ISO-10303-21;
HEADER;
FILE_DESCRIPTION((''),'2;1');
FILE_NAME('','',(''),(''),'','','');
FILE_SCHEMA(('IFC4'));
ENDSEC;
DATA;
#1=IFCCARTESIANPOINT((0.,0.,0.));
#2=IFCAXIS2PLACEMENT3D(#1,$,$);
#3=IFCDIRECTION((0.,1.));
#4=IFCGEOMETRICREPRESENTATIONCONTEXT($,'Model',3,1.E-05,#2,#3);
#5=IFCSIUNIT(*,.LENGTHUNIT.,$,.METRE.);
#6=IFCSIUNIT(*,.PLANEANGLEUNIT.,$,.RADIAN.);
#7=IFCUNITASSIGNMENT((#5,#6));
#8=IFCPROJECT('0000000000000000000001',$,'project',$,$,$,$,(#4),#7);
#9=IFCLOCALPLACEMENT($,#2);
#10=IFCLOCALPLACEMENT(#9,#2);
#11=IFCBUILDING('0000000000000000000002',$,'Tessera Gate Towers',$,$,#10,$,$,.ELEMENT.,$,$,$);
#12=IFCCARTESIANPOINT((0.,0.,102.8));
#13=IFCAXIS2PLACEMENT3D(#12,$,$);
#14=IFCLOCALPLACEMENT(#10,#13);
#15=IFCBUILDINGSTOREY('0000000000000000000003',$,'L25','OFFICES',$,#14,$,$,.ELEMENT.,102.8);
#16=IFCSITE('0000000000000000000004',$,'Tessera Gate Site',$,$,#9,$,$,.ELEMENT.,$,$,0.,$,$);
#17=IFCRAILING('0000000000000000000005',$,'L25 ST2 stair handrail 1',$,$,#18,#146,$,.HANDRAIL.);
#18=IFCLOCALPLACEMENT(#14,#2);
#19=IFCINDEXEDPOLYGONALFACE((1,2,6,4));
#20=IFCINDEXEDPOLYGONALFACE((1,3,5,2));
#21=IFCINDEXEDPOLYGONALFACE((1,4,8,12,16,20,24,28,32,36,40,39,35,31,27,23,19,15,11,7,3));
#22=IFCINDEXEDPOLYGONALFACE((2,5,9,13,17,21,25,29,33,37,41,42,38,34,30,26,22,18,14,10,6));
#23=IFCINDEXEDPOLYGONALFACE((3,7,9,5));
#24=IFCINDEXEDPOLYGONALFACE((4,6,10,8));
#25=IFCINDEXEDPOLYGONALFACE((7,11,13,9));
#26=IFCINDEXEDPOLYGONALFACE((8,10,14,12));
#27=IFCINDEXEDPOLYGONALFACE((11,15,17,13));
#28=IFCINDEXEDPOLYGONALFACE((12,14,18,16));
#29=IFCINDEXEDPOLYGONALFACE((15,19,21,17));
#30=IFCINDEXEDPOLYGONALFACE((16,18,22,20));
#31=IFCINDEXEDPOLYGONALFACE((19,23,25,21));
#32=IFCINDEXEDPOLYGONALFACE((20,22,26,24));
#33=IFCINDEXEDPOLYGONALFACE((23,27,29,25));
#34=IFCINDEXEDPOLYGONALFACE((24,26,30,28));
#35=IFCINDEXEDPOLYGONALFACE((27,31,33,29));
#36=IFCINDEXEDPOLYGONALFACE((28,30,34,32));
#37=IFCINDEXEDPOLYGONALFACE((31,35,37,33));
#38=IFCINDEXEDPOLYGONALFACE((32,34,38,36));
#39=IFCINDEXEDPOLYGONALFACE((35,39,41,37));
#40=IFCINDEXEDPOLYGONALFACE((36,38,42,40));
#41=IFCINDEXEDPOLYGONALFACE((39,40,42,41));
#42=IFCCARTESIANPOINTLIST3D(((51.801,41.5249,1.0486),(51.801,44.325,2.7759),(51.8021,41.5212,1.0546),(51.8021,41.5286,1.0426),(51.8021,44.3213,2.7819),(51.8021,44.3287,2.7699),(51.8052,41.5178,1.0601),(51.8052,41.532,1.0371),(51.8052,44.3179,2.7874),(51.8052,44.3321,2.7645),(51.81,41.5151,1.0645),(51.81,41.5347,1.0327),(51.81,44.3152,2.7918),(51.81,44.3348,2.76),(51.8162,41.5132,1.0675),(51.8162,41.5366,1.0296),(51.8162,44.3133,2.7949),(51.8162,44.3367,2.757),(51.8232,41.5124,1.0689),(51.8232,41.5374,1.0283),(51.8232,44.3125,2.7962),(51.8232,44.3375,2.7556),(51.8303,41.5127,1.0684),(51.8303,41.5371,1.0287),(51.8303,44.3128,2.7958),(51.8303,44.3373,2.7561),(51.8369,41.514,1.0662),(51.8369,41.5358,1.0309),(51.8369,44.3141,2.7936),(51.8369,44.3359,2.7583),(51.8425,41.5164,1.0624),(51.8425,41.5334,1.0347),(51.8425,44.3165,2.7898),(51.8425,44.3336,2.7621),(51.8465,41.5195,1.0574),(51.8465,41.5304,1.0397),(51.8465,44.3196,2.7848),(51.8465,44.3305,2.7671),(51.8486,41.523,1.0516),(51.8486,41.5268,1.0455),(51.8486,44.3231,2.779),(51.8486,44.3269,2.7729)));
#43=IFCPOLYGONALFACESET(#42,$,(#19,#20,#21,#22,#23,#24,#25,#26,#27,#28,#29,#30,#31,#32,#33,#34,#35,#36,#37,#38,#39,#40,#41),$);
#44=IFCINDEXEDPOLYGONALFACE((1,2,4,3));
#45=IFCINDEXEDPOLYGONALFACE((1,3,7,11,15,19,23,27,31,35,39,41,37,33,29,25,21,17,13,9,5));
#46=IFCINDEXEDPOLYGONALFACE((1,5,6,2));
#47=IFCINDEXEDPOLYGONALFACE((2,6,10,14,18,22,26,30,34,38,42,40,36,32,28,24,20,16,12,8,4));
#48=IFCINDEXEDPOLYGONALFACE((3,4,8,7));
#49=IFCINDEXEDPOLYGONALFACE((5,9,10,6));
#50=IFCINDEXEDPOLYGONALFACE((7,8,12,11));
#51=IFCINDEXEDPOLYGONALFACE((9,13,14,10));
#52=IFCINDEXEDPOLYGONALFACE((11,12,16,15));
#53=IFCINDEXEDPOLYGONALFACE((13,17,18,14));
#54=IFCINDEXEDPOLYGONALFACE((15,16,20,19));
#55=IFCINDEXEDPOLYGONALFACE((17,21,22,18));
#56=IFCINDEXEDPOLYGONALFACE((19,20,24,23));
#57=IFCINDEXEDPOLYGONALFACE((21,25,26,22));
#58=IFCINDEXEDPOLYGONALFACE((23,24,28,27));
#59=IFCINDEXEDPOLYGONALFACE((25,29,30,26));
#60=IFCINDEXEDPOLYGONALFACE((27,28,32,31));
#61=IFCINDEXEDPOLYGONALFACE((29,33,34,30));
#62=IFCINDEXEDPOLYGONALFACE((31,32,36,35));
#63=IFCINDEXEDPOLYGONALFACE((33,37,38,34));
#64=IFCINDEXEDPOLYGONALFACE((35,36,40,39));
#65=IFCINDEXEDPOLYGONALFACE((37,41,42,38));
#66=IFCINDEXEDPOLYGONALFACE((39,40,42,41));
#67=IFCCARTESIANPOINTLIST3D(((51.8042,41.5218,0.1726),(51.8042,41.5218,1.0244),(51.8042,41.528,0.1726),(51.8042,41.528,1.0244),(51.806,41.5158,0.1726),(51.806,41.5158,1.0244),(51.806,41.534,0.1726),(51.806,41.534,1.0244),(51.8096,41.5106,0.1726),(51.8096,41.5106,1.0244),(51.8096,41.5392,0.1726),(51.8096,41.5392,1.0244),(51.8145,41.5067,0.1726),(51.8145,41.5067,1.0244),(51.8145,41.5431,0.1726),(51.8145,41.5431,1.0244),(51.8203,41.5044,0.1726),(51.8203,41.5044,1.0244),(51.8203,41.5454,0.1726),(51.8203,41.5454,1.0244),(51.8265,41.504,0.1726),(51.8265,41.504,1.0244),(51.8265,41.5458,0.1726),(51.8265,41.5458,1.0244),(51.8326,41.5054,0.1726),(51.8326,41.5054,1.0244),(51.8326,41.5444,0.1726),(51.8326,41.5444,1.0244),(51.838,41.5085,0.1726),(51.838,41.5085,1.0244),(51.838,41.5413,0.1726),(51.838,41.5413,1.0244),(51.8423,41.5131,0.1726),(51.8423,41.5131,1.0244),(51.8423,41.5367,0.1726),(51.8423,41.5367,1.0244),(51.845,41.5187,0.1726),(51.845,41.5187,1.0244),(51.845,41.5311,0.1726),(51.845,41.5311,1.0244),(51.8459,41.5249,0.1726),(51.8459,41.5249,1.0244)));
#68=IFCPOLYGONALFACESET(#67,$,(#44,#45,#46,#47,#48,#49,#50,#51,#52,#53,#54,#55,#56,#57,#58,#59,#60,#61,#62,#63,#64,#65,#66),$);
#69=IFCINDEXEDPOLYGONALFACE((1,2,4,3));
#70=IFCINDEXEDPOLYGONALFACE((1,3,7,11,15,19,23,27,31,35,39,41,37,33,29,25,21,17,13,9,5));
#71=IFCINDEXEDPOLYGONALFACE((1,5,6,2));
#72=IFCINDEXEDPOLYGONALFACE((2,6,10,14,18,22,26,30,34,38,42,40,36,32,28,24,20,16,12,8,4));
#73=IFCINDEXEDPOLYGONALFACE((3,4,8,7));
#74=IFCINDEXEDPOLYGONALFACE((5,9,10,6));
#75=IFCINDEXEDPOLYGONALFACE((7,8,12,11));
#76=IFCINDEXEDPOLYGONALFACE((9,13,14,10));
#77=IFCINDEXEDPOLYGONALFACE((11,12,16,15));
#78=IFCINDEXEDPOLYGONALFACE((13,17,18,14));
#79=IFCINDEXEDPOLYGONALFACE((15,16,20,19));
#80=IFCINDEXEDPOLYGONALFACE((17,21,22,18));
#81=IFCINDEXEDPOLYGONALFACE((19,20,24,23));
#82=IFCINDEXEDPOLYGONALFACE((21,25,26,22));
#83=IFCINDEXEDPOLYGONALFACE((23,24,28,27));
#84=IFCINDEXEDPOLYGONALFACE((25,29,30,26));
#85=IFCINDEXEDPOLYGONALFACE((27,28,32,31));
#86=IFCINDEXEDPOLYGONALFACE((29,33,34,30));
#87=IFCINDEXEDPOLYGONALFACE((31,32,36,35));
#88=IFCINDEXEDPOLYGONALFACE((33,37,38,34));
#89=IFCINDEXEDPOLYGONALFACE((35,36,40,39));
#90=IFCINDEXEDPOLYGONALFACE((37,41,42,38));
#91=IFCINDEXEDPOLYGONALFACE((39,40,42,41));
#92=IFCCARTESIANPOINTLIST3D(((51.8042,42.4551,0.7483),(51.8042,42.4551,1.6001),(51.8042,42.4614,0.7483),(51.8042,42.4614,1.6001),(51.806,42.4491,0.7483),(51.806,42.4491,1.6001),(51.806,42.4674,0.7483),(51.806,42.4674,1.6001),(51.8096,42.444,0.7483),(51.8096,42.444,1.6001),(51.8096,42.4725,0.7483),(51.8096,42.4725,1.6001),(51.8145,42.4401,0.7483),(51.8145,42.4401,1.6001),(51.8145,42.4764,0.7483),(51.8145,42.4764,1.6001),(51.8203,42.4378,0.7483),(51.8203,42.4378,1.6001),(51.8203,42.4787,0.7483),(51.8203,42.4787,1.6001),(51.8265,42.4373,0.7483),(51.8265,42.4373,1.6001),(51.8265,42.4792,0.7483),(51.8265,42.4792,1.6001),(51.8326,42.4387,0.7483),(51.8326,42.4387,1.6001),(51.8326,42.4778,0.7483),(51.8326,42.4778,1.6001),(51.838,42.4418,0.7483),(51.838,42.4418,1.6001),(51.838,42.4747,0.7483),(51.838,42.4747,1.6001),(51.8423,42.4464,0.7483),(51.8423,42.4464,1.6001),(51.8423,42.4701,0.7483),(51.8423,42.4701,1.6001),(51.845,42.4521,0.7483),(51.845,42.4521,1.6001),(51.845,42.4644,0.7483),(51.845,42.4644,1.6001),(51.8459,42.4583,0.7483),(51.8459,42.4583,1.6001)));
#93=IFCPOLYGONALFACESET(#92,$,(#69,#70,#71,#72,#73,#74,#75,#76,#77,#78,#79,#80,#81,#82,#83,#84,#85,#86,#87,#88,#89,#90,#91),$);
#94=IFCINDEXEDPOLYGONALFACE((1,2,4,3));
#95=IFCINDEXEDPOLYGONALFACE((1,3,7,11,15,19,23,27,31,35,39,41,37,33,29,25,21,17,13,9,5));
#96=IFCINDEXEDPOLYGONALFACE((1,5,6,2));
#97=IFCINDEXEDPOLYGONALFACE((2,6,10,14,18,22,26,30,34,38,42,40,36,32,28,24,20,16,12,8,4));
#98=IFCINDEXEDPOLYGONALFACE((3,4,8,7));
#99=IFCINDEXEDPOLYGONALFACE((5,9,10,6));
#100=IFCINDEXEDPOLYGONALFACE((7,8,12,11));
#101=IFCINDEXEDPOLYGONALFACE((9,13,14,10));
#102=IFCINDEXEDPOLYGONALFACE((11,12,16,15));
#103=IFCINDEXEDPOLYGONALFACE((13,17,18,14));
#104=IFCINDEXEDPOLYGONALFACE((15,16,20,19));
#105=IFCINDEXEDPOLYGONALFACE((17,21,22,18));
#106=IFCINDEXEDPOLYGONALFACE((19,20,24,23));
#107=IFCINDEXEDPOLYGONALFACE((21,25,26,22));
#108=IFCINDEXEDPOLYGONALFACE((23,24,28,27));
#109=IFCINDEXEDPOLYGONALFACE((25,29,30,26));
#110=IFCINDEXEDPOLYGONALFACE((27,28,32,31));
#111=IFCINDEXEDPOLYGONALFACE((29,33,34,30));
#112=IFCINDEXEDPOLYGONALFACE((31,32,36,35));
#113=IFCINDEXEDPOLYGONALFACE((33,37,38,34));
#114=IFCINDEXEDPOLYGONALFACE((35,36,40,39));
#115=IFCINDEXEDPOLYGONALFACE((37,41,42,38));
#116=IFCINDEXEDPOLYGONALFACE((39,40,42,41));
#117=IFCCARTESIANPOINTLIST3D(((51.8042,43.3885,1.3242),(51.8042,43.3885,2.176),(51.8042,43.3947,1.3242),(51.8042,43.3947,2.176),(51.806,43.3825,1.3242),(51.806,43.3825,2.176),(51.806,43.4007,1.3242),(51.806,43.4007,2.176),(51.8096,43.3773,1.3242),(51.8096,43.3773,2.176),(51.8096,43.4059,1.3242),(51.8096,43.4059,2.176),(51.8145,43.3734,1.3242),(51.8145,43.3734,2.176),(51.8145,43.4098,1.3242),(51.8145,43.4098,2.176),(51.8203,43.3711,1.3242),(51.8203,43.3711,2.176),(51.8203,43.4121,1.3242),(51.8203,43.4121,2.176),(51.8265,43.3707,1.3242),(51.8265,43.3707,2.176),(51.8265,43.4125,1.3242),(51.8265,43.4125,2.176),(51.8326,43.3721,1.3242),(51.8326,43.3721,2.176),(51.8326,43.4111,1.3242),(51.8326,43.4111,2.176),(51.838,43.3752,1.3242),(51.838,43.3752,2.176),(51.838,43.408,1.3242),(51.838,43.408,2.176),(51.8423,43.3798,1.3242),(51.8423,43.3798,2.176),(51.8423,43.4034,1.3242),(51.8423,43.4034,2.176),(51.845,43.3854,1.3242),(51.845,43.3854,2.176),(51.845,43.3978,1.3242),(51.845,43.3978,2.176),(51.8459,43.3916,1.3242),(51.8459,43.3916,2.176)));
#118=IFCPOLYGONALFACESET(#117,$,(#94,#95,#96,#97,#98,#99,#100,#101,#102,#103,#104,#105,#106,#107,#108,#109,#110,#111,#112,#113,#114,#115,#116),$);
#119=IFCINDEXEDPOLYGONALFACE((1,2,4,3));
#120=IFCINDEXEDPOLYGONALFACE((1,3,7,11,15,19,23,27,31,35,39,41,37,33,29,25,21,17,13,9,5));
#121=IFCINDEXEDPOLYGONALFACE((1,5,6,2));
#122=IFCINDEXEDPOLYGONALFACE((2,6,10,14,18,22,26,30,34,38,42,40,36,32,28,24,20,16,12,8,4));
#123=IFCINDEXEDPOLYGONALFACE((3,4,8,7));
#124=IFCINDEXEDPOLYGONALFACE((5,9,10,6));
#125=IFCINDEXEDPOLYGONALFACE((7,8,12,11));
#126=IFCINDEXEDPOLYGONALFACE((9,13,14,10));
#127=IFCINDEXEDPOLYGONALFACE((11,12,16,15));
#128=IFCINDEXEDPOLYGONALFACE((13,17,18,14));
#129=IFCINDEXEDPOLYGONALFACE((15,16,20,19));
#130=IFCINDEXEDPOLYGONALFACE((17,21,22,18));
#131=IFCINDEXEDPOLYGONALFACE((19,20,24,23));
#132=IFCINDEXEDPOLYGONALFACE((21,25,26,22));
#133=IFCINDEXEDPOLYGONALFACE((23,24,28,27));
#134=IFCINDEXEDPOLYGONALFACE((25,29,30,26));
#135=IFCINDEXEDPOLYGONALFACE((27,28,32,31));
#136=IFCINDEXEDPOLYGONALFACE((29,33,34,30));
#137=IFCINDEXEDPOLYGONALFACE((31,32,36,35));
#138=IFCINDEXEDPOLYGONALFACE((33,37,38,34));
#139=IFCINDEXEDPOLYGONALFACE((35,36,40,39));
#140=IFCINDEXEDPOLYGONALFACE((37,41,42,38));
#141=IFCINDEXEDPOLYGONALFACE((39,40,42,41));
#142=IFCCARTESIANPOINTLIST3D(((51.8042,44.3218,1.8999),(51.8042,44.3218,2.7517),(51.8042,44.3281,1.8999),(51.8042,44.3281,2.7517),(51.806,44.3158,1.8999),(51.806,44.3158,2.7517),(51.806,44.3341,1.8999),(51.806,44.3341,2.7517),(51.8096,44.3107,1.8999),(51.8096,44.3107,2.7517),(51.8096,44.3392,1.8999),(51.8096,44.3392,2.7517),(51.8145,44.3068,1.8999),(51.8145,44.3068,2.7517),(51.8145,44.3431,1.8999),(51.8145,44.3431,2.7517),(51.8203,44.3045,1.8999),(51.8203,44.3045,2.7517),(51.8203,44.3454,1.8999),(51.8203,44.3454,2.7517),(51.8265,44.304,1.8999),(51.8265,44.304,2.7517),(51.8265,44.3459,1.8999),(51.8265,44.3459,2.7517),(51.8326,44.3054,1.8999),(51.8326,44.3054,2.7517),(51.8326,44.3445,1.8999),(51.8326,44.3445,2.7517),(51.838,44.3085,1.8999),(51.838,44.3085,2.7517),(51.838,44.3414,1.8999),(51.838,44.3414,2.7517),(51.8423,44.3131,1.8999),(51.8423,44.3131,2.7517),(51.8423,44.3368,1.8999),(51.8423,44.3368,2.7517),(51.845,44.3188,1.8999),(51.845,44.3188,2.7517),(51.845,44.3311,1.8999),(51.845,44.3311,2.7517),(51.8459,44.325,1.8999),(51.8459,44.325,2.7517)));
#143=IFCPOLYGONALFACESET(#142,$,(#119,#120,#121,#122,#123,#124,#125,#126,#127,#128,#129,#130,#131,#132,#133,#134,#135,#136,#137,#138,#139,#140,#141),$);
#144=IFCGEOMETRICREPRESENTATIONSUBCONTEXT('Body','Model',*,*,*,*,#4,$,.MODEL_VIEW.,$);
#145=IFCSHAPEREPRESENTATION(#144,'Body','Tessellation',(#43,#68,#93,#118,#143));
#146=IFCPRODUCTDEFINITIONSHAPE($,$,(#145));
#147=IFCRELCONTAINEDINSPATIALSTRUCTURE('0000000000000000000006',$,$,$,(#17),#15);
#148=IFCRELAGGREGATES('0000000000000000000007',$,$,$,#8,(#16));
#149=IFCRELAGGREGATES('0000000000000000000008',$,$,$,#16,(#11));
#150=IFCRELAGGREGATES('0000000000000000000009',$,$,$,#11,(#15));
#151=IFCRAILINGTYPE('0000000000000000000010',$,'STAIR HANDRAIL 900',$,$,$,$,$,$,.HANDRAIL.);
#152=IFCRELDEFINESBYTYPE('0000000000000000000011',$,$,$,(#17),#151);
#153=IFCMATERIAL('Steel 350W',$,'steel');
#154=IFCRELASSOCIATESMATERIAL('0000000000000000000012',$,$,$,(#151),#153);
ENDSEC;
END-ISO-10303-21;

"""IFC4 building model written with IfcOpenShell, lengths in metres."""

from ifc_helpers import new_model, si_unit, direction, frame, origin, origin_2d, place, context, subcontext, project, spatial, circle, extrude, material, type_object, element, save


model = new_model("IFC4")

# Units and contexts
model_context = context("Model", 3, precision=1e-05, world=origin(), true_north=direction((0.0, 1.0)))
body_context = subcontext(model_context, "Body", "Model", "MODEL_VIEW")
ifc_project = project(units=[si_unit("LENGTHUNIT", "METRE"), si_unit("PLANEANGLEUNIT", "RADIAN")], contexts=[model_context])

# Site, building, storey
site_placement = place(None, origin())
site = spatial("IfcSite", under=ifc_project, at=site_placement, Name="Tessera Gate Site", CompositionType="ELEMENT", RefElevation=0.0)
building_placement = place(site_placement, origin())
building = spatial("IfcBuilding", under=site, at=building_placement, Name="Tessera Gate Towers", CompositionType="ELEMENT")
storey_placement = place(building_placement, frame((0.0, 0.0, 102.8)))
storey = spatial("IfcBuildingStorey", under=building, at=storey_placement, Name="L25", Description="OFFICES", CompositionType="ELEMENT", Elevation=102.8)

# Railing
ifc_material_1 = material(Name="Steel 350W", Category="steel")
railing_type_1 = type_object("IfcRailingType", Name="STAIR HANDRAIL 900", PredefinedType="HANDRAIL", material=ifc_material_1)
railing_1_placement = place(storey_placement, frame((51.825, 41.5249, 0.1726)))
element("IfcRailing", 1, at=railing_1_placement, inside=storey, type_object=railing_type_1, Name="L25 ST2 stair handrail 1", PredefinedType="HANDRAIL", context=body_context, shape_type="SweptSolid", body=[
    extrude(circle(Radius=0.0239, at=origin_2d()), frame((0.0, 0.0, 0.876), z_axis=(0.0, 0.85109, 0.52502), x_axis=(-1.0, 0.0, 0.0)), (0.0, 0.0, 1.0), 3.29),
    extrude(circle(Radius=0.021, at=origin_2d()), origin(), (0.0, 0.0, 1.0), 0.8518),
    extrude(circle(Radius=0.021, at=origin_2d()), frame((0.0, 0.9333, 0.5757)), (0.0, 0.0, 1.0), 0.8518),
    extrude(circle(Radius=0.021, at=origin_2d()), frame((0.0, 1.8667, 1.1516)), (0.0, 0.0, 1.0), 0.8518),
    extrude(circle(Radius=0.021, at=origin_2d()), frame((0.0, 2.8, 1.7273)), (0.0, 0.0, 1.0), 0.8518),
])

save(model, "model.ifc")
